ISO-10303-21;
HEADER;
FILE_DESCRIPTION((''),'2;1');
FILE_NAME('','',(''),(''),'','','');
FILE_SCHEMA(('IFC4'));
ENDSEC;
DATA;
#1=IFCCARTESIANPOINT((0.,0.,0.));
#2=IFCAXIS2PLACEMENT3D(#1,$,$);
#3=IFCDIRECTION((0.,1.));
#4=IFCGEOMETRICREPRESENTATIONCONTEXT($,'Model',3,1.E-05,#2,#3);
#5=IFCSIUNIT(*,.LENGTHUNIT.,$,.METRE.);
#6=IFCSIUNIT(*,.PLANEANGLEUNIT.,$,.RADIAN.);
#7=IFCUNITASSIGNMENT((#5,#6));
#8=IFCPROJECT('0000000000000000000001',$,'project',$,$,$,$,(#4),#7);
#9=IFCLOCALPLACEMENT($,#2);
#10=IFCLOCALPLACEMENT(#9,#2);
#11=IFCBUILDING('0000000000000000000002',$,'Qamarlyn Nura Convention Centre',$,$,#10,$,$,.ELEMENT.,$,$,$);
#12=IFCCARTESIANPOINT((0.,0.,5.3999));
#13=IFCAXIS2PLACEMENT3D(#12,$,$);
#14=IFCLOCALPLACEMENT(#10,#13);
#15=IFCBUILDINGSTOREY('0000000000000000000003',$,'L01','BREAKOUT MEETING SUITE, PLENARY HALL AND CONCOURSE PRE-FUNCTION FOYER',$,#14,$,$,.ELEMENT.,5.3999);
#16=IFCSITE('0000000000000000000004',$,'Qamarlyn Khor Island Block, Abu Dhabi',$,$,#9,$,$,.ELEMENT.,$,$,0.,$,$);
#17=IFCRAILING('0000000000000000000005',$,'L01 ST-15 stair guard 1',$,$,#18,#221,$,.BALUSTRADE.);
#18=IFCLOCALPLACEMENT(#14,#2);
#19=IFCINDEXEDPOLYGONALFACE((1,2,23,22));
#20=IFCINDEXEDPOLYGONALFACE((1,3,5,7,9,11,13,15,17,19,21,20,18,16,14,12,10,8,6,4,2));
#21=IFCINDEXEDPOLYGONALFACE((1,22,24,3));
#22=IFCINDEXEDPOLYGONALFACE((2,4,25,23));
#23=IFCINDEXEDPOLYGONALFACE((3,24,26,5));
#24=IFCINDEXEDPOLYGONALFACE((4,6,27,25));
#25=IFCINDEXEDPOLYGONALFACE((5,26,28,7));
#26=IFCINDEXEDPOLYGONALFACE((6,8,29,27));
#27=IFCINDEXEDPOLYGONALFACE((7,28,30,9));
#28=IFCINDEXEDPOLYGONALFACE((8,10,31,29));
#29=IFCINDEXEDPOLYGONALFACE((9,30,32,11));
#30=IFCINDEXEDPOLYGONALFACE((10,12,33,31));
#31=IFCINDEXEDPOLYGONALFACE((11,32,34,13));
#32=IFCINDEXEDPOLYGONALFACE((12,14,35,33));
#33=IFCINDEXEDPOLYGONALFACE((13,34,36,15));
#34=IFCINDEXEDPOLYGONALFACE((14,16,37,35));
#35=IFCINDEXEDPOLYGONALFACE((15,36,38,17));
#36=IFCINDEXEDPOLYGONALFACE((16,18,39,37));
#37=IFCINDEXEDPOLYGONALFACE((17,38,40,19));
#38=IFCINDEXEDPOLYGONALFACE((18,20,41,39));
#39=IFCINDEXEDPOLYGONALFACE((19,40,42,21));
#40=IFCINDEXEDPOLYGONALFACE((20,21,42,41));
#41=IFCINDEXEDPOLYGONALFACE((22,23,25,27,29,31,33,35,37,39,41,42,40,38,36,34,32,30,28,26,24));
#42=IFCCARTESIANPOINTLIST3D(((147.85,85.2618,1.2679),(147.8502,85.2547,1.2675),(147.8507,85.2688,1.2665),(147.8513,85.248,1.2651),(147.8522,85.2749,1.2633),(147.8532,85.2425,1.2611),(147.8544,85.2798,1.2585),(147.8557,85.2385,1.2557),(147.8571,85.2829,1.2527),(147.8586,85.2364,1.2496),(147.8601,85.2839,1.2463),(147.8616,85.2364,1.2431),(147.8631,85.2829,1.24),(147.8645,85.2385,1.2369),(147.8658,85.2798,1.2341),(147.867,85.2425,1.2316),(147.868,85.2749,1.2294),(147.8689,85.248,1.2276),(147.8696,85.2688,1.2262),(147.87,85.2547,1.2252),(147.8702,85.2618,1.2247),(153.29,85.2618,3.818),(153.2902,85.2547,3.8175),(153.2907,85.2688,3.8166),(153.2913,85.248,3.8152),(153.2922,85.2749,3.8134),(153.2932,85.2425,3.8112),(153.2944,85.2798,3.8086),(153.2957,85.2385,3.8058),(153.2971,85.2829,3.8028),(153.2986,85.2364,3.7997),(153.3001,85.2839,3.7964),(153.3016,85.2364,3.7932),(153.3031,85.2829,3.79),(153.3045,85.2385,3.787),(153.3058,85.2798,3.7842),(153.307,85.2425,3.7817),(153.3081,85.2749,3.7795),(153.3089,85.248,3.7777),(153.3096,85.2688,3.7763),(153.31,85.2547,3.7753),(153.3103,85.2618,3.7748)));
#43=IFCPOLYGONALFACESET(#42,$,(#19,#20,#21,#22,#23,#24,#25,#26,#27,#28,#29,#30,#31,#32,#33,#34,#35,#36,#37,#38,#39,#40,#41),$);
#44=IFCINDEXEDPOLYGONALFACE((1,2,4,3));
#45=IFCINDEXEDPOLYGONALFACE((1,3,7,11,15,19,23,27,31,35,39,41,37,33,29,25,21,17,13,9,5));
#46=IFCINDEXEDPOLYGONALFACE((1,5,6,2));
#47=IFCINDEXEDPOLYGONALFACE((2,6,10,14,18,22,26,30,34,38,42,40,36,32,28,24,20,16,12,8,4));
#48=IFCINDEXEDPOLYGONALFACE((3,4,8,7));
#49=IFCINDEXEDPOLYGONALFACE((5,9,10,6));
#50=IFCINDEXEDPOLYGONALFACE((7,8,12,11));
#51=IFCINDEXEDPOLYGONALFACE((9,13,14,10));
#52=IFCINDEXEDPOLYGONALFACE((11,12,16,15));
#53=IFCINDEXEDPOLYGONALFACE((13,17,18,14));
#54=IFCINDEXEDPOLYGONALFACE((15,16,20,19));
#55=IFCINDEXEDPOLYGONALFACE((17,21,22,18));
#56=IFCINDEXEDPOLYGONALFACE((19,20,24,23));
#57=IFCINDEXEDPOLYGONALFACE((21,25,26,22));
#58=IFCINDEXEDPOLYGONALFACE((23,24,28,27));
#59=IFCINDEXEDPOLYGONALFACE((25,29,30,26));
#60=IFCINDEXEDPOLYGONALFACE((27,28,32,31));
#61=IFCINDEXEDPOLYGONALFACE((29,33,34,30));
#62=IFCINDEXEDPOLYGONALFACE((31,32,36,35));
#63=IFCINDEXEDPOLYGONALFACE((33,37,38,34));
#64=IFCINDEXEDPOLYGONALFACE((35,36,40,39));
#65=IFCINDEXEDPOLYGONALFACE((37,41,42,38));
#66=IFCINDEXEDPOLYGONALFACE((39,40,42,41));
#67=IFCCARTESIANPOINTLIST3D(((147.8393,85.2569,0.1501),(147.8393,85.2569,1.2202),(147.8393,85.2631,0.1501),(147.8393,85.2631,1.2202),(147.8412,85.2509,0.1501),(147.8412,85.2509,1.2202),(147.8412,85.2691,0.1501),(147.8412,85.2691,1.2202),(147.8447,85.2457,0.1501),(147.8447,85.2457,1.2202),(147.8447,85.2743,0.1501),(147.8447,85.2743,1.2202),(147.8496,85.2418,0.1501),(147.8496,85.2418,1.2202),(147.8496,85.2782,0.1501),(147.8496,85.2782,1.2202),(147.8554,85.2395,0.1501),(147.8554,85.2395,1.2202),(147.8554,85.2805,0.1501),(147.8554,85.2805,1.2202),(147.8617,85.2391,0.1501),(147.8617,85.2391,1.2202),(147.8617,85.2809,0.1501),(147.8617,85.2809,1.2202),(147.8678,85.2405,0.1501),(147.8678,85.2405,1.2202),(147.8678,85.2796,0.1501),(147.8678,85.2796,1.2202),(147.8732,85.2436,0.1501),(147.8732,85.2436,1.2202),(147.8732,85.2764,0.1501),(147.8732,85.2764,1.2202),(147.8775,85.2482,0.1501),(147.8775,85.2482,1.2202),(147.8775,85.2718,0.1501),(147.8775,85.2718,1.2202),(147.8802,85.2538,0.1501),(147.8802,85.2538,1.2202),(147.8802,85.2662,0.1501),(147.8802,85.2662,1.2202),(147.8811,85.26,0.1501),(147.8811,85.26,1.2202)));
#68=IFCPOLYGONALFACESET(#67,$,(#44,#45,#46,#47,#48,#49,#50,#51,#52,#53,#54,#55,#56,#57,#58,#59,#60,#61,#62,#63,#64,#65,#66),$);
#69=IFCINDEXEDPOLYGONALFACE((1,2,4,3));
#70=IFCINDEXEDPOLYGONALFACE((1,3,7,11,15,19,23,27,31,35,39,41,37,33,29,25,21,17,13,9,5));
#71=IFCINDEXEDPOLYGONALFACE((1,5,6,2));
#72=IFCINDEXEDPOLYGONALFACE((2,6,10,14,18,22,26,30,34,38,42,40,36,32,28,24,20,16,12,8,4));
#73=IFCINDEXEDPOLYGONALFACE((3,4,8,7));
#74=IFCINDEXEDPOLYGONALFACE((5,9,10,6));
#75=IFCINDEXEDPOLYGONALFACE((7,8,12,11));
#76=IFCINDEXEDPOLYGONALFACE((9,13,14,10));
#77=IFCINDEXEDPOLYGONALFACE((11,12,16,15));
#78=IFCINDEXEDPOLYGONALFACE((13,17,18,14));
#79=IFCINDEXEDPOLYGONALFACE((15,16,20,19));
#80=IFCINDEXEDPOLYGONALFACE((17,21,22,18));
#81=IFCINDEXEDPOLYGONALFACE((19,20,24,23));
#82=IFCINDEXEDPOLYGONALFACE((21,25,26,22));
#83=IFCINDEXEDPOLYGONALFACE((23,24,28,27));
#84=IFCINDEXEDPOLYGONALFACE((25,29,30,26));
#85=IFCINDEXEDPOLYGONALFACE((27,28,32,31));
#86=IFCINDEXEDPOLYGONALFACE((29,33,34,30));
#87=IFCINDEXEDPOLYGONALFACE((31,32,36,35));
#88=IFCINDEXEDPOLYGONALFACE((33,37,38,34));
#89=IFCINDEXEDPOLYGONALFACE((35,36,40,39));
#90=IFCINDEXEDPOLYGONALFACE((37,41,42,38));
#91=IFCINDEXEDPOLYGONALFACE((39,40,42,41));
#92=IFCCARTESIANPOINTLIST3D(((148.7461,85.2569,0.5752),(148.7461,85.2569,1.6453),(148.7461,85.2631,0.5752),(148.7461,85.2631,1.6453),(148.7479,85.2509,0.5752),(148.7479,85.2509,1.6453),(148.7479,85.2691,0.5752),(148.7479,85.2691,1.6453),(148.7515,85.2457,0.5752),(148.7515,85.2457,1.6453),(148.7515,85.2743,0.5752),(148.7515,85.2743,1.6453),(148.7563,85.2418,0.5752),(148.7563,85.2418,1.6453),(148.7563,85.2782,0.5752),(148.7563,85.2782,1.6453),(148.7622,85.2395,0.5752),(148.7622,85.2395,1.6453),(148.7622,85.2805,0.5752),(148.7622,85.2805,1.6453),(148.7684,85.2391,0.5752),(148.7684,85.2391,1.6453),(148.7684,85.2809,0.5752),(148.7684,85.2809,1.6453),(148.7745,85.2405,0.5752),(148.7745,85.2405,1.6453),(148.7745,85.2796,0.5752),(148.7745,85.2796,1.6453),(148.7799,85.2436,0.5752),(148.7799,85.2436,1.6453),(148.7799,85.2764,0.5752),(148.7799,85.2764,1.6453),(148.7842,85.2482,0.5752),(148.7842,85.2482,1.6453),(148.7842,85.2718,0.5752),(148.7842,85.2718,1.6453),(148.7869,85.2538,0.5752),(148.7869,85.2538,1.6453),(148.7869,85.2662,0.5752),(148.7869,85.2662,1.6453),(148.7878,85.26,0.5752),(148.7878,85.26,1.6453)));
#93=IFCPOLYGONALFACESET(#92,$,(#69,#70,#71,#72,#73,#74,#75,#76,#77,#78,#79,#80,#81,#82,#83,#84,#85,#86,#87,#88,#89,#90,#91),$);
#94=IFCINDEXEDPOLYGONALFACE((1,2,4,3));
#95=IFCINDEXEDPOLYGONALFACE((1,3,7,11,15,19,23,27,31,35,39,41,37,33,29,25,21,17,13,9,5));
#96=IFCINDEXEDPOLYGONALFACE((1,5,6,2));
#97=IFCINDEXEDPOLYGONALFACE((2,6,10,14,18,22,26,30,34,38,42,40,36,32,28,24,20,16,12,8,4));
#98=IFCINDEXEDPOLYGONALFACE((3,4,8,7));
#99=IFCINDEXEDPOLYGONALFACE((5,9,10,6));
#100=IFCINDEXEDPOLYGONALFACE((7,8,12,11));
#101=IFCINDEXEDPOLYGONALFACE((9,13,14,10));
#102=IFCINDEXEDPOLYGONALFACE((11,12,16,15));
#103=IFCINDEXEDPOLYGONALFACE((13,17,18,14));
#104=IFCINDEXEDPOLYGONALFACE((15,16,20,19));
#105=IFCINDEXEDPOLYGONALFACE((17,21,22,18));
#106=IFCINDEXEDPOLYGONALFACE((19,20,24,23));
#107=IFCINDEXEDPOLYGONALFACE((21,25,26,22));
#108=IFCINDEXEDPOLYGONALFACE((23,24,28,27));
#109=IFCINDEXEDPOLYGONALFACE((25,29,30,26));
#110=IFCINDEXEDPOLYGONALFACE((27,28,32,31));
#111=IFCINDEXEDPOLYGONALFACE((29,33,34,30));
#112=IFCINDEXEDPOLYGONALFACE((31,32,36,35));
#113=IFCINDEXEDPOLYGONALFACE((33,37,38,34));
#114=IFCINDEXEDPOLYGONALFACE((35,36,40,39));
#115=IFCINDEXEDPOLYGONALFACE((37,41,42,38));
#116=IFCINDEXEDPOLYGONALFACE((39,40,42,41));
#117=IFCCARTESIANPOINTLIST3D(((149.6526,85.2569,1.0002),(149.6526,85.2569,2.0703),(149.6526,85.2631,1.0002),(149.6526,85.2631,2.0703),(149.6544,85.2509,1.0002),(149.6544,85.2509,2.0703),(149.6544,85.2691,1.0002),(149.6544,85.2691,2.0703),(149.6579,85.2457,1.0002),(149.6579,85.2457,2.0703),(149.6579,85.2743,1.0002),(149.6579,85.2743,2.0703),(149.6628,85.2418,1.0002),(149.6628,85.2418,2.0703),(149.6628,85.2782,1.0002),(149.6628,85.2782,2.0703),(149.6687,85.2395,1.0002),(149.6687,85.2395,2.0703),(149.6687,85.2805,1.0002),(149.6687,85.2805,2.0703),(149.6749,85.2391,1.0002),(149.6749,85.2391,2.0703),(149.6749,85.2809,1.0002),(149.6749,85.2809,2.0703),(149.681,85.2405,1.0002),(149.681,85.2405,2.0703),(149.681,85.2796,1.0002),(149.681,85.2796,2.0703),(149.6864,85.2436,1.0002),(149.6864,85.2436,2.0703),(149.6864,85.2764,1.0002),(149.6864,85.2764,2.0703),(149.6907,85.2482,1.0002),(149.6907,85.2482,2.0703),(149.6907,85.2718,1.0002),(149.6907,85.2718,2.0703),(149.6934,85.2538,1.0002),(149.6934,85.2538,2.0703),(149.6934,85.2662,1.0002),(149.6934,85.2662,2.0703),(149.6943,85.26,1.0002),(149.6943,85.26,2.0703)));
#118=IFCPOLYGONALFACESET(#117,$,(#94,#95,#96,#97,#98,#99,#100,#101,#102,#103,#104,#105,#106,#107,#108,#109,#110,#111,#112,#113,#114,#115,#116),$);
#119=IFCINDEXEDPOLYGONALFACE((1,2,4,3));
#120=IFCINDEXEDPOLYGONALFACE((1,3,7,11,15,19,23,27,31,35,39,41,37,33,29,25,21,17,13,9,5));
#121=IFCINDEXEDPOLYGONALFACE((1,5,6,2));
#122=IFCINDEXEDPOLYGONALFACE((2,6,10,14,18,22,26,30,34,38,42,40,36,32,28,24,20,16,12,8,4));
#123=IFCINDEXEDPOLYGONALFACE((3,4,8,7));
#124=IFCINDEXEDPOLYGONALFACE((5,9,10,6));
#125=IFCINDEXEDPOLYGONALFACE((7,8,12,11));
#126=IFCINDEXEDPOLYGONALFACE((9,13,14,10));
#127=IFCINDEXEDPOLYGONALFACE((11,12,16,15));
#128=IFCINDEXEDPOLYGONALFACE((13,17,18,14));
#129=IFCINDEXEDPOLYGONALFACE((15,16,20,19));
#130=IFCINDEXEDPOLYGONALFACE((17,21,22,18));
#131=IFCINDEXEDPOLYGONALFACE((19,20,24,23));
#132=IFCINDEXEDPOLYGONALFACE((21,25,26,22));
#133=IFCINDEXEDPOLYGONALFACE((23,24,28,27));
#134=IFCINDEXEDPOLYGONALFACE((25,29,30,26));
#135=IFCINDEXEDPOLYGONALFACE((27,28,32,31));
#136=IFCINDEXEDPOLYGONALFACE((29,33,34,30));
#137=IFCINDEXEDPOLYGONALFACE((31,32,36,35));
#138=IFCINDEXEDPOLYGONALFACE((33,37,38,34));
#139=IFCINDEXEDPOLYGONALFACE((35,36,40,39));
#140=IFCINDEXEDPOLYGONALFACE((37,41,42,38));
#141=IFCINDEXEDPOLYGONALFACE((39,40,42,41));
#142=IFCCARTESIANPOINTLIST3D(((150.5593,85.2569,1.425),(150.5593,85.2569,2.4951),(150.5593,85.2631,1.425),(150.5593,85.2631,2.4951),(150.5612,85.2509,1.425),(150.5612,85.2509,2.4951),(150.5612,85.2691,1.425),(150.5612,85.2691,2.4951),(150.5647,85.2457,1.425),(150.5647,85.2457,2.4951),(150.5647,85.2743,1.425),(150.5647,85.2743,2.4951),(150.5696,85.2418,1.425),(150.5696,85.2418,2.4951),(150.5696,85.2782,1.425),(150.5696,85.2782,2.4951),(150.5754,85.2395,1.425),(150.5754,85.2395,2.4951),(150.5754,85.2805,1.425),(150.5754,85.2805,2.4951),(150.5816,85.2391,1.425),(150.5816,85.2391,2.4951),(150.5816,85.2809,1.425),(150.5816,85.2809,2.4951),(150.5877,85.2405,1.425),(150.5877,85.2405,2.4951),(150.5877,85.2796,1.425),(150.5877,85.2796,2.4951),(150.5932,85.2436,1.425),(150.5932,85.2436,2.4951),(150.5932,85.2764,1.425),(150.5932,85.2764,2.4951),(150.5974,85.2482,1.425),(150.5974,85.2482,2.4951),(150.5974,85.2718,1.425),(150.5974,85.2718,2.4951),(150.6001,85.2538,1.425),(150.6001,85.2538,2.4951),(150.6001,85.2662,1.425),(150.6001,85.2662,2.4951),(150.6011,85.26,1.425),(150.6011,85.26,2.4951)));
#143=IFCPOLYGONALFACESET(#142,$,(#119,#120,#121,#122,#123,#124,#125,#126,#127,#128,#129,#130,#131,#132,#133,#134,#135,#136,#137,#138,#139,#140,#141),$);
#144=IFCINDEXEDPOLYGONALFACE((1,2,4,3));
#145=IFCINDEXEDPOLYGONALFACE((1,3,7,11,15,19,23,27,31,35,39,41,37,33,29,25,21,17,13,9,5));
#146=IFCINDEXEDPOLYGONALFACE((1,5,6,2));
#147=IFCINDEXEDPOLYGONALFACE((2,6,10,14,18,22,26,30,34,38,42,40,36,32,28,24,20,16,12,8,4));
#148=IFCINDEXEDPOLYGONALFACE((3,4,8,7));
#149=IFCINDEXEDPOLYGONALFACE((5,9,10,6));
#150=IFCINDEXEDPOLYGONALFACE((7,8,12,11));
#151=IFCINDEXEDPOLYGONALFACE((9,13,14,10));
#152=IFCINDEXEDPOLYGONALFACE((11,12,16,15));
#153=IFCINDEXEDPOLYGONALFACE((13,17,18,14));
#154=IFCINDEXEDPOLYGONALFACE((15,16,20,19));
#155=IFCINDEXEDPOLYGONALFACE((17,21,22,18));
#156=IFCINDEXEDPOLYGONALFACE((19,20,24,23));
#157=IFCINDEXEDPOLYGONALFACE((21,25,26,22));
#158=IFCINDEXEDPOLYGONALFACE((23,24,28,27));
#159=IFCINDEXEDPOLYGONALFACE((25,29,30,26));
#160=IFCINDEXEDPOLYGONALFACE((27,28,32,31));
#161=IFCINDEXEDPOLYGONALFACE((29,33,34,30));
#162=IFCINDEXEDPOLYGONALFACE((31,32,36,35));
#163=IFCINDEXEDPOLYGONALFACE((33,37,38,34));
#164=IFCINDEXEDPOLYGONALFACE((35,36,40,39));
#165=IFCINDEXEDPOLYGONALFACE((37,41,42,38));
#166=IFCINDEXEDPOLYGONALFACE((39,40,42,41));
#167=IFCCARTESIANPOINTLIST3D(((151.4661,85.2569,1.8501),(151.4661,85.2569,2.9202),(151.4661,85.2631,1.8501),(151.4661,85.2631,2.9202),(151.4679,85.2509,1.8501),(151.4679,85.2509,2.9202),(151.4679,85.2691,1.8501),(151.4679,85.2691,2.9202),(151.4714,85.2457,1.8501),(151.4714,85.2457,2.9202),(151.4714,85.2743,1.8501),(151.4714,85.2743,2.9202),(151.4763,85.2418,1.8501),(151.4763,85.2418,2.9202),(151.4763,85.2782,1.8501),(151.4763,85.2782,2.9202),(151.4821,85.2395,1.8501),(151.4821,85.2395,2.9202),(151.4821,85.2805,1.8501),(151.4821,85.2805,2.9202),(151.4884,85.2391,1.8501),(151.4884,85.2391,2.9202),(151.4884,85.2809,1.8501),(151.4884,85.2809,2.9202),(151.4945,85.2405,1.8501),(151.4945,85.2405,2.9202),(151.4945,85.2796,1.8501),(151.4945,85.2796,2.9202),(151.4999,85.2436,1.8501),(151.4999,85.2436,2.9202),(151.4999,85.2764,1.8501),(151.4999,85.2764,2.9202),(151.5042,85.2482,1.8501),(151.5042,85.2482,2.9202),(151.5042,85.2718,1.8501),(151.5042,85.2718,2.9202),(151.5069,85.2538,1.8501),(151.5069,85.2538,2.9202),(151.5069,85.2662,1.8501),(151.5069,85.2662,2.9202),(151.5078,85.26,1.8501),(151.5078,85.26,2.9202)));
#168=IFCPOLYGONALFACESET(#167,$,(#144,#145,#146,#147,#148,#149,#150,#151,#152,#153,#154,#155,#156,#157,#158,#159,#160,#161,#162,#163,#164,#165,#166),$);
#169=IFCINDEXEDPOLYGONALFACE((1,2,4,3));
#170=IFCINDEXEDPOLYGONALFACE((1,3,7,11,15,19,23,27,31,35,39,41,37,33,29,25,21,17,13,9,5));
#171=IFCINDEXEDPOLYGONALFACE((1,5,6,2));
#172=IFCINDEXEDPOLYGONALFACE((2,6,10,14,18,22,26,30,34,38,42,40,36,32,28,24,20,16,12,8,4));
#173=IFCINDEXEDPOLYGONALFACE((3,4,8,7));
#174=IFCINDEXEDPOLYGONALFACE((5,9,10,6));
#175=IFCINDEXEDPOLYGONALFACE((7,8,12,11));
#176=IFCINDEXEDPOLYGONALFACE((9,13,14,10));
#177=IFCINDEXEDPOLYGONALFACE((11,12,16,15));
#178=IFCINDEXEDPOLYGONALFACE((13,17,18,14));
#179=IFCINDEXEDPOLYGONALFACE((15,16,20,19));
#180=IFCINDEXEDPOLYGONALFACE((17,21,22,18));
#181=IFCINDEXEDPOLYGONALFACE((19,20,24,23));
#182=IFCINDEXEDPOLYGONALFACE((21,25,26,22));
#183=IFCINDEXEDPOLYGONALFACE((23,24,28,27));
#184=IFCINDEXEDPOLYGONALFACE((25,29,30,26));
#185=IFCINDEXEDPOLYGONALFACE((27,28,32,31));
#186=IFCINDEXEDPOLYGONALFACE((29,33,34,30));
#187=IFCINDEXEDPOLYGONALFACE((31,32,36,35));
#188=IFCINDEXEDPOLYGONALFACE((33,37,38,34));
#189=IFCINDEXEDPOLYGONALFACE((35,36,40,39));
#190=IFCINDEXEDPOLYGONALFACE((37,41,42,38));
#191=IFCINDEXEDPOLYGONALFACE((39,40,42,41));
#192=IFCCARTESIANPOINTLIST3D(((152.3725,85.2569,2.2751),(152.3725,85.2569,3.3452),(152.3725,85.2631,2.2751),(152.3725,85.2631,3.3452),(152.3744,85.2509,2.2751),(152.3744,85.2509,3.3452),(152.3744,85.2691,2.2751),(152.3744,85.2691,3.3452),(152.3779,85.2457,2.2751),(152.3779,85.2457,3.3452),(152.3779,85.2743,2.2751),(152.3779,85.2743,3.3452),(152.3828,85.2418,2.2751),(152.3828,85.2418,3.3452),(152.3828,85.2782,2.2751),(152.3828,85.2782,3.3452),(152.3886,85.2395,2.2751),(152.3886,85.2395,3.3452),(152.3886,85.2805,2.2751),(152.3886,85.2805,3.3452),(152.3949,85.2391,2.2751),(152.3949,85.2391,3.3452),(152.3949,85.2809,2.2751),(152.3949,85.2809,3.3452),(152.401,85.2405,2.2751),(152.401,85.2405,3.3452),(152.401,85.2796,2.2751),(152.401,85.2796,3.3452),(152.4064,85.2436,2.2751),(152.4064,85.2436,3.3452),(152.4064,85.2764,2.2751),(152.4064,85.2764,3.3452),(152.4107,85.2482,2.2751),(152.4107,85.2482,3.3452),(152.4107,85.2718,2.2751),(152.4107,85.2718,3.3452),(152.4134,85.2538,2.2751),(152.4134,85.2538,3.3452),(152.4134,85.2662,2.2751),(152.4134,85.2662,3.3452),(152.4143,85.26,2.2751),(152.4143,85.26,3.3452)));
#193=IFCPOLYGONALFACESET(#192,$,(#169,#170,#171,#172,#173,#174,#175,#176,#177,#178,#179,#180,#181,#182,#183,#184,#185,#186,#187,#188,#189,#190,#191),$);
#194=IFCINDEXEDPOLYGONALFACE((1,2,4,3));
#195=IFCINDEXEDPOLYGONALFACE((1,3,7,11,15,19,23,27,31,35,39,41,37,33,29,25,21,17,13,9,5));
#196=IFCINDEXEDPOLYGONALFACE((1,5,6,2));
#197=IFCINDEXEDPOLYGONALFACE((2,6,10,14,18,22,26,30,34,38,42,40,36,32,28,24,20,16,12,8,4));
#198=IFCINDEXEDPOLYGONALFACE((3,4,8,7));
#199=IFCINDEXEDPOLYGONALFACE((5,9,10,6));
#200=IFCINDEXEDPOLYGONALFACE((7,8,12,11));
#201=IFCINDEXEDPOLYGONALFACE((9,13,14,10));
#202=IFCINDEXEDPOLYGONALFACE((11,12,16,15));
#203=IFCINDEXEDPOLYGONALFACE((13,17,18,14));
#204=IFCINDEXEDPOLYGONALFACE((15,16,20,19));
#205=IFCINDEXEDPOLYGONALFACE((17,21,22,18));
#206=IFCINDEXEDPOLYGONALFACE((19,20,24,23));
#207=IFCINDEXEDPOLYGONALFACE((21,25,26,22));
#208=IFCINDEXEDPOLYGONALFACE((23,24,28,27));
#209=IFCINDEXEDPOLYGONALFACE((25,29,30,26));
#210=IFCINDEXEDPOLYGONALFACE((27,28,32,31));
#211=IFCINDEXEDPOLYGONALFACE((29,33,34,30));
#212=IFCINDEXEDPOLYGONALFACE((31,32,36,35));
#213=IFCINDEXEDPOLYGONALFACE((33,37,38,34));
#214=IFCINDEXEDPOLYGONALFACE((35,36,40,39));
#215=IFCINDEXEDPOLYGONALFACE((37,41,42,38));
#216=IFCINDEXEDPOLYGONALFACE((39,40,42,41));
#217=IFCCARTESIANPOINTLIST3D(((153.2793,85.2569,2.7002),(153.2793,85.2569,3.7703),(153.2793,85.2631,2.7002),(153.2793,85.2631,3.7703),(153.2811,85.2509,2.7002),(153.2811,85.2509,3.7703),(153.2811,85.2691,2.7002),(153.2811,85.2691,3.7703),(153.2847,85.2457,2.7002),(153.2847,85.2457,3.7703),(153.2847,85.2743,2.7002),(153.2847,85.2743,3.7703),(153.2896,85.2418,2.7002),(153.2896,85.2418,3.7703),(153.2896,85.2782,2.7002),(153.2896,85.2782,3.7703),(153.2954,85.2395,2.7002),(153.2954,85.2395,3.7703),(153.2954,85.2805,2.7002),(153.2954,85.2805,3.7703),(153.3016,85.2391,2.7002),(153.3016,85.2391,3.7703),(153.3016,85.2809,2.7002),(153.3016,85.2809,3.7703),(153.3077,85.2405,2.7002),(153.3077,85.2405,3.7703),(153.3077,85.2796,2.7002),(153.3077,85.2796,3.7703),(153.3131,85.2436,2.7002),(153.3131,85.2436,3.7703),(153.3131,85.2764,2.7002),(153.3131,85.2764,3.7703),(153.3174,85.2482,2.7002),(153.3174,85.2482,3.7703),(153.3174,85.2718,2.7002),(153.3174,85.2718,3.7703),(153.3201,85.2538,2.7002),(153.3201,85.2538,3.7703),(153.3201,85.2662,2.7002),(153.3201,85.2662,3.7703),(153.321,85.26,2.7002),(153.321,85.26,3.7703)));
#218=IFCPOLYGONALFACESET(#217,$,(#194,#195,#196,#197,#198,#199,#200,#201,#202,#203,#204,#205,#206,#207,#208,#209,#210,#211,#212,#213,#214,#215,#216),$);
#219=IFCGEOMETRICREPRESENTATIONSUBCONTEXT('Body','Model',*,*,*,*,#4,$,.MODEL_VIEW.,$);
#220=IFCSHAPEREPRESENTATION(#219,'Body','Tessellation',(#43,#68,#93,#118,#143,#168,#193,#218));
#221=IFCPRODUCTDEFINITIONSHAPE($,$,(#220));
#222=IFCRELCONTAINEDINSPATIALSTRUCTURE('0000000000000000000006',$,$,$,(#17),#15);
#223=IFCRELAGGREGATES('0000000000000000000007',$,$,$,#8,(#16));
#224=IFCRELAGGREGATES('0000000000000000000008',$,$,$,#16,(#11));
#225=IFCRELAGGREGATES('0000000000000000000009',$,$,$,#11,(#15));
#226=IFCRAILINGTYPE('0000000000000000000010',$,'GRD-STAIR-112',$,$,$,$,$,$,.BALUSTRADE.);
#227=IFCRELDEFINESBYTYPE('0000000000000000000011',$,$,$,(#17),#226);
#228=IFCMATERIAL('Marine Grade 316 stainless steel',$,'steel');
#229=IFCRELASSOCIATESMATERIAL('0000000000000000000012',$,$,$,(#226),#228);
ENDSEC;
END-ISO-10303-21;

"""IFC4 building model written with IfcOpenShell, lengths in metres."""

from ifc_helpers import new_model, si_unit, direction, frame, origin, origin_2d, place, context, subcontext, project, spatial, circle, extrude, material, type_object, element, save


model = new_model("IFC4")

# Units and contexts
model_context = context("Model", 3, precision=1e-05, world=origin(), true_north=direction((0.0, 1.0)))
body_context = subcontext(model_context, "Body", "Model", "MODEL_VIEW")
ifc_project = project(units=[si_unit("LENGTHUNIT", "METRE"), si_unit("PLANEANGLEUNIT", "RADIAN")], contexts=[model_context])

# Site, building, storey
site_placement = place(None, origin())
site = spatial("IfcSite", under=ifc_project, at=site_placement, Name="Qamarlyn Khor Island Block, Abu Dhabi", CompositionType="ELEMENT", RefElevation=0.0)
building_placement = place(site_placement, origin())
building = spatial("IfcBuilding", under=site, at=building_placement, Name="Qamarlyn Nura Convention Centre", CompositionType="ELEMENT")
storey_placement = place(building_placement, frame((0.0, 0.0, 5.3999)))
storey = spatial("IfcBuildingStorey", under=building, at=storey_placement, Name="L01", Description="BREAKOUT MEETING SUITE, PLENARY HALL AND CONCOURSE PRE-FUNCTION FOYER", CompositionType="ELEMENT", Elevation=5.3999)

# Railing
ifc_material_1 = material(Name="Marine Grade 316 stainless steel", Category="steel")
railing_type_1 = type_object("IfcRailingType", Name="GRD-STAIR-112", PredefinedType="BALUSTRADE", material=ifc_material_1)
railing_1_placement = place(storey_placement, frame((147.8601, 85.26, 0.1501)))
element("IfcRailing", 1, at=railing_1_placement, inside=storey, type_object=railing_type_1, Name="L01 ST-15 stair guard 1", PredefinedType="BALUSTRADE", context=body_context, shape_type="SweptSolid", body=[
    extrude(circle(Radius=0.0239, at=origin_2d()), frame((0.0, 0.0, 1.0962), z_axis=(0.905454, 0.0, 0.424444), x_axis=(0.0, 1.0, 0.0)), (0.0, 0.0, 1.0), 6.0081),
    extrude(circle(Radius=0.021, at=origin_2d()), origin(), (0.0, 0.0, 1.0), 1.0701),
    extrude(circle(Radius=0.021, at=origin_2d()), frame((0.9067, 0.0, 0.425)), (0.0, 0.0, 1.0), 1.0701),
    extrude(circle(Radius=0.021, at=origin_2d()), frame((1.8132, 0.0, 0.8501)), (0.0, 0.0, 1.0), 1.0701),
    extrude(circle(Radius=0.021, at=origin_2d()), frame((2.72, 0.0, 1.2749)), (0.0, 0.0, 1.0), 1.0701),
    extrude(circle(Radius=0.021, at=origin_2d()), frame((3.6267, 0.0, 1.7)), (0.0, 0.0, 1.0), 1.0701),
    extrude(circle(Radius=0.021, at=origin_2d()), frame((4.5332, 0.0, 2.125)), (0.0, 0.0, 1.0), 1.0701),
    extrude(circle(Radius=0.021, at=origin_2d()), frame((5.4399, 0.0, 2.55)), (0.0, 0.0, 1.0), 1.0701),
])

save(model, "model.ifc")
